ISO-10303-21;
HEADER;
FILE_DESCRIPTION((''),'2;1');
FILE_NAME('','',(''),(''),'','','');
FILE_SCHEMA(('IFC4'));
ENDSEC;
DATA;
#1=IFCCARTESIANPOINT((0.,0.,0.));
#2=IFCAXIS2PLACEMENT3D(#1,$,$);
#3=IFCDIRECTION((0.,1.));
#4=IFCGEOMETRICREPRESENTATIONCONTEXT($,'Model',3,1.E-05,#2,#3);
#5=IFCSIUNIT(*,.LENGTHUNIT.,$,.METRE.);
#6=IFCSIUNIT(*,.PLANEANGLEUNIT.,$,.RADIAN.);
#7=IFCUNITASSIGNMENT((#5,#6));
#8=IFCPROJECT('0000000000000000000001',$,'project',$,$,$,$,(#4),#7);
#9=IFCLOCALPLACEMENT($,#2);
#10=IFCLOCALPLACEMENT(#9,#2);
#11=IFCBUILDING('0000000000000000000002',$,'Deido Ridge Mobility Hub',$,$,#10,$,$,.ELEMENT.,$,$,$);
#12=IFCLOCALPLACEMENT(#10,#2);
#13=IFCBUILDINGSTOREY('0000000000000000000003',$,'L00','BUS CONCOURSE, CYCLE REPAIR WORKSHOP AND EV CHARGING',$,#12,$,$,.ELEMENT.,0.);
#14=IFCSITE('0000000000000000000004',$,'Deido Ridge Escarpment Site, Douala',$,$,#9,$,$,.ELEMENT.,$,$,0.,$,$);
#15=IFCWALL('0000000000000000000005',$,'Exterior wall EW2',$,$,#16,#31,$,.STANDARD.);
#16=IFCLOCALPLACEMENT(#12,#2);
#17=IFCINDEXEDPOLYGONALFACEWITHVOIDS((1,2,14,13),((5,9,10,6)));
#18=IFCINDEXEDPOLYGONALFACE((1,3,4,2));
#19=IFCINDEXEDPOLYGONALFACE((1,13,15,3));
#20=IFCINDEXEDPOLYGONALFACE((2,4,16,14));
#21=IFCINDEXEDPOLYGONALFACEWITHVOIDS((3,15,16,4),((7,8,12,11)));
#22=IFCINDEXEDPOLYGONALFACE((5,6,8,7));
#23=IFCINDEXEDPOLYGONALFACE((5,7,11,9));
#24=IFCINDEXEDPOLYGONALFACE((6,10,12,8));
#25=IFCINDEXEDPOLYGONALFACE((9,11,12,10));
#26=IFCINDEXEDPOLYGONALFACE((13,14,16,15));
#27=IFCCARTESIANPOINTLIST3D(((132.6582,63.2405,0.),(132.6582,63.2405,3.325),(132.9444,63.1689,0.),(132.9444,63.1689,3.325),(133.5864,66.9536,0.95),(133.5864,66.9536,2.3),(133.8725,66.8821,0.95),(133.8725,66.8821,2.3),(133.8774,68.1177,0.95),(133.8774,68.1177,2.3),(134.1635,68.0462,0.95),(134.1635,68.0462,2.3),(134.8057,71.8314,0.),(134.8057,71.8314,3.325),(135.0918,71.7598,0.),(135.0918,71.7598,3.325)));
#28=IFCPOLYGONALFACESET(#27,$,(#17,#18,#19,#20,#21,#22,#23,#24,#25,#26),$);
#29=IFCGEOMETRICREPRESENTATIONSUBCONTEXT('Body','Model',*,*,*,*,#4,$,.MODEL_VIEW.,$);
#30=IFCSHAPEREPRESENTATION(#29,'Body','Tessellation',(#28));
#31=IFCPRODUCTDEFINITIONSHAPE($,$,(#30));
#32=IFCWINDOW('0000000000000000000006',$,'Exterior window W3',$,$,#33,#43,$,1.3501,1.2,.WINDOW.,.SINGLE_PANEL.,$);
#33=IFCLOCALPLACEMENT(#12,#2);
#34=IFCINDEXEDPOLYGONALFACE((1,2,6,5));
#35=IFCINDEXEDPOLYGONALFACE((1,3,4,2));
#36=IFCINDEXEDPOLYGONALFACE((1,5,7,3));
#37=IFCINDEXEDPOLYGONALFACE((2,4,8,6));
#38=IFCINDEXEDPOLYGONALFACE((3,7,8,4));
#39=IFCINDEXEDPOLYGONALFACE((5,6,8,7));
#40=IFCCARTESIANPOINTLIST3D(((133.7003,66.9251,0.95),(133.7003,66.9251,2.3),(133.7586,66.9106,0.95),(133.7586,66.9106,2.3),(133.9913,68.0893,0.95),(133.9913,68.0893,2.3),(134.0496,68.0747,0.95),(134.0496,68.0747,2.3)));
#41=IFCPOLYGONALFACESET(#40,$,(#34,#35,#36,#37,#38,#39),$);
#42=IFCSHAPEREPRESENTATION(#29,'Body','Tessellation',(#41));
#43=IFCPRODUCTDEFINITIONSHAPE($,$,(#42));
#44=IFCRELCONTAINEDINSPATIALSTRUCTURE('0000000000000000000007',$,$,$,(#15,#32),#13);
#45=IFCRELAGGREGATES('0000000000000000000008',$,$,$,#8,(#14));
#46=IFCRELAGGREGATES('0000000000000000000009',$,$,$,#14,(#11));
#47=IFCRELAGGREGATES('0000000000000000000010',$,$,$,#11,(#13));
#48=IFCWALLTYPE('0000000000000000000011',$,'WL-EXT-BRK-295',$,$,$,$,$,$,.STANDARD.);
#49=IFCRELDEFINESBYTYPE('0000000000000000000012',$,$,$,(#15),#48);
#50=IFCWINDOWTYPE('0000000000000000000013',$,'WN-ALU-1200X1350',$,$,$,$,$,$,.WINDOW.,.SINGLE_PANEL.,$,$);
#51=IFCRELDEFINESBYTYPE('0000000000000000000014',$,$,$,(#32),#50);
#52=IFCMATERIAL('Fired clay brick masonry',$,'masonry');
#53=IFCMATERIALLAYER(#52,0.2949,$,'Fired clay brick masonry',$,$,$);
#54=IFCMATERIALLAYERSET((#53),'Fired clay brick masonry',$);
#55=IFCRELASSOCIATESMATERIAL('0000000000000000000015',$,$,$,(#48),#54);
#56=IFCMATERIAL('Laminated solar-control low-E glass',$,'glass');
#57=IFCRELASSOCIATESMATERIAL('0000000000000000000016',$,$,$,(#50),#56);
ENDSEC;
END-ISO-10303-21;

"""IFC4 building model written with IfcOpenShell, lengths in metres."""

from ifc_helpers import new_model, si_unit, direction, frame, frame_2d, origin, place, context, subcontext, project, spatial, rectangle, extrude, material, layer, layer_set, type_object, element, fill, save


model = new_model("IFC4")

# Units and contexts
model_context = context("Model", 3, precision=1e-05, world=origin(), true_north=direction((0.0, 1.0)))
body_context = subcontext(model_context, "Body", "Model", "MODEL_VIEW")
ifc_project = project(units=[si_unit("LENGTHUNIT", "METRE"), si_unit("PLANEANGLEUNIT", "RADIAN")], contexts=[model_context])

# Site, building, storey
site_placement = place(None, origin())
site = spatial("IfcSite", under=ifc_project, at=site_placement, Name="Deido Ridge Escarpment Site, Douala", CompositionType="ELEMENT", RefElevation=0.0)
building_placement = place(site_placement, origin())
building = spatial("IfcBuilding", under=site, at=building_placement, Name="Deido Ridge Mobility Hub", CompositionType="ELEMENT")
storey_placement = place(building_placement, origin())
storey = spatial("IfcBuildingStorey", under=building, at=storey_placement, Name="L00", Description="BUS CONCOURSE, CYCLE REPAIR WORKSHOP AND EV CHARGING", CompositionType="ELEMENT", Elevation=0.0)

# Shared definitions
ifc_material_1 = material(Name="Laminated solar-control low-E glass", Category="glass")

# Wall, opening, window
ifc_material_2 = material(Name="Fired clay brick masonry", Category="masonry")
ifc_layer_1 = layer(ifc_material_2, 0.2949, Name="Fired clay brick masonry")
ifc_layer_set_1 = layer_set([ifc_layer_1], Name="Fired clay brick masonry")
wall_type_1 = type_object("IfcWallType", Name="WL-EXT-BRK-295", PredefinedType="STANDARD", material=ifc_layer_set_1)
wall_1_placement = place(storey_placement, frame((132.8013, 63.2046, 0.0), z_axis=(0.0, 0.0, 1.0), x_axis=(0.24251, 0.970149, 0.0)))
wall_1 = element("IfcWall", 1, at=wall_1_placement, inside=storey, type_object=wall_type_1, Name="Exterior wall EW2", PredefinedType="STANDARD", context=body_context, shape_type="SweptSolid", body=[
    extrude(rectangle(XDim=8.8552, YDim=0.2949, at=frame_2d((4.4277, 0.0))), origin(), (0.0, 0.0, 1.0), 3.325),
])
opening_1_placement = place(wall_1_placement, frame((3.8274, 0.0, 0.95)))
opening_1 = element("IfcOpeningElement", 2, at=opening_1_placement, cuts=wall_1, PredefinedType="OPENING", context=body_context, shape_type="SweptSolid", body=[
    extrude(rectangle(XDim=1.2, YDim=1.3501, at=frame_2d((0.6001, 0.675))), frame((0.0, 0.1575, 0.0), z_axis=(0.0, -1.0, 0.0), x_axis=(1.0, 0.0, 0.0)), (0.0, 0.0, 1.0), 0.3149),
])
window_type_1 = type_object("IfcWindowType", Name="WN-ALU-1200X1350", PartitioningType="SINGLE_PANEL", PredefinedType="WINDOW", material=ifc_material_1)
window_1_placement = place(opening_1_placement, origin())
window_1 = element("IfcWindow", 3, at=window_1_placement, inside=storey, type_object=window_type_1, Name="Exterior window W3", OverallHeight=1.3501, OverallWidth=1.2, PartitioningType="SINGLE_PANEL", PredefinedType="WINDOW", context=body_context, shape_type="SweptSolid", body=[
    extrude(rectangle(XDim=1.2, YDim=1.3501, at=frame_2d((0.6001, 0.675))), frame((0.0, 0.03, 0.0), z_axis=(0.0, -1.0, 0.0), x_axis=(1.0, 0.0, 0.0)), (0.0, 0.0, 1.0), 0.0601),
])
fill(opening_1, window_1)

save(model, "model.ifc")
